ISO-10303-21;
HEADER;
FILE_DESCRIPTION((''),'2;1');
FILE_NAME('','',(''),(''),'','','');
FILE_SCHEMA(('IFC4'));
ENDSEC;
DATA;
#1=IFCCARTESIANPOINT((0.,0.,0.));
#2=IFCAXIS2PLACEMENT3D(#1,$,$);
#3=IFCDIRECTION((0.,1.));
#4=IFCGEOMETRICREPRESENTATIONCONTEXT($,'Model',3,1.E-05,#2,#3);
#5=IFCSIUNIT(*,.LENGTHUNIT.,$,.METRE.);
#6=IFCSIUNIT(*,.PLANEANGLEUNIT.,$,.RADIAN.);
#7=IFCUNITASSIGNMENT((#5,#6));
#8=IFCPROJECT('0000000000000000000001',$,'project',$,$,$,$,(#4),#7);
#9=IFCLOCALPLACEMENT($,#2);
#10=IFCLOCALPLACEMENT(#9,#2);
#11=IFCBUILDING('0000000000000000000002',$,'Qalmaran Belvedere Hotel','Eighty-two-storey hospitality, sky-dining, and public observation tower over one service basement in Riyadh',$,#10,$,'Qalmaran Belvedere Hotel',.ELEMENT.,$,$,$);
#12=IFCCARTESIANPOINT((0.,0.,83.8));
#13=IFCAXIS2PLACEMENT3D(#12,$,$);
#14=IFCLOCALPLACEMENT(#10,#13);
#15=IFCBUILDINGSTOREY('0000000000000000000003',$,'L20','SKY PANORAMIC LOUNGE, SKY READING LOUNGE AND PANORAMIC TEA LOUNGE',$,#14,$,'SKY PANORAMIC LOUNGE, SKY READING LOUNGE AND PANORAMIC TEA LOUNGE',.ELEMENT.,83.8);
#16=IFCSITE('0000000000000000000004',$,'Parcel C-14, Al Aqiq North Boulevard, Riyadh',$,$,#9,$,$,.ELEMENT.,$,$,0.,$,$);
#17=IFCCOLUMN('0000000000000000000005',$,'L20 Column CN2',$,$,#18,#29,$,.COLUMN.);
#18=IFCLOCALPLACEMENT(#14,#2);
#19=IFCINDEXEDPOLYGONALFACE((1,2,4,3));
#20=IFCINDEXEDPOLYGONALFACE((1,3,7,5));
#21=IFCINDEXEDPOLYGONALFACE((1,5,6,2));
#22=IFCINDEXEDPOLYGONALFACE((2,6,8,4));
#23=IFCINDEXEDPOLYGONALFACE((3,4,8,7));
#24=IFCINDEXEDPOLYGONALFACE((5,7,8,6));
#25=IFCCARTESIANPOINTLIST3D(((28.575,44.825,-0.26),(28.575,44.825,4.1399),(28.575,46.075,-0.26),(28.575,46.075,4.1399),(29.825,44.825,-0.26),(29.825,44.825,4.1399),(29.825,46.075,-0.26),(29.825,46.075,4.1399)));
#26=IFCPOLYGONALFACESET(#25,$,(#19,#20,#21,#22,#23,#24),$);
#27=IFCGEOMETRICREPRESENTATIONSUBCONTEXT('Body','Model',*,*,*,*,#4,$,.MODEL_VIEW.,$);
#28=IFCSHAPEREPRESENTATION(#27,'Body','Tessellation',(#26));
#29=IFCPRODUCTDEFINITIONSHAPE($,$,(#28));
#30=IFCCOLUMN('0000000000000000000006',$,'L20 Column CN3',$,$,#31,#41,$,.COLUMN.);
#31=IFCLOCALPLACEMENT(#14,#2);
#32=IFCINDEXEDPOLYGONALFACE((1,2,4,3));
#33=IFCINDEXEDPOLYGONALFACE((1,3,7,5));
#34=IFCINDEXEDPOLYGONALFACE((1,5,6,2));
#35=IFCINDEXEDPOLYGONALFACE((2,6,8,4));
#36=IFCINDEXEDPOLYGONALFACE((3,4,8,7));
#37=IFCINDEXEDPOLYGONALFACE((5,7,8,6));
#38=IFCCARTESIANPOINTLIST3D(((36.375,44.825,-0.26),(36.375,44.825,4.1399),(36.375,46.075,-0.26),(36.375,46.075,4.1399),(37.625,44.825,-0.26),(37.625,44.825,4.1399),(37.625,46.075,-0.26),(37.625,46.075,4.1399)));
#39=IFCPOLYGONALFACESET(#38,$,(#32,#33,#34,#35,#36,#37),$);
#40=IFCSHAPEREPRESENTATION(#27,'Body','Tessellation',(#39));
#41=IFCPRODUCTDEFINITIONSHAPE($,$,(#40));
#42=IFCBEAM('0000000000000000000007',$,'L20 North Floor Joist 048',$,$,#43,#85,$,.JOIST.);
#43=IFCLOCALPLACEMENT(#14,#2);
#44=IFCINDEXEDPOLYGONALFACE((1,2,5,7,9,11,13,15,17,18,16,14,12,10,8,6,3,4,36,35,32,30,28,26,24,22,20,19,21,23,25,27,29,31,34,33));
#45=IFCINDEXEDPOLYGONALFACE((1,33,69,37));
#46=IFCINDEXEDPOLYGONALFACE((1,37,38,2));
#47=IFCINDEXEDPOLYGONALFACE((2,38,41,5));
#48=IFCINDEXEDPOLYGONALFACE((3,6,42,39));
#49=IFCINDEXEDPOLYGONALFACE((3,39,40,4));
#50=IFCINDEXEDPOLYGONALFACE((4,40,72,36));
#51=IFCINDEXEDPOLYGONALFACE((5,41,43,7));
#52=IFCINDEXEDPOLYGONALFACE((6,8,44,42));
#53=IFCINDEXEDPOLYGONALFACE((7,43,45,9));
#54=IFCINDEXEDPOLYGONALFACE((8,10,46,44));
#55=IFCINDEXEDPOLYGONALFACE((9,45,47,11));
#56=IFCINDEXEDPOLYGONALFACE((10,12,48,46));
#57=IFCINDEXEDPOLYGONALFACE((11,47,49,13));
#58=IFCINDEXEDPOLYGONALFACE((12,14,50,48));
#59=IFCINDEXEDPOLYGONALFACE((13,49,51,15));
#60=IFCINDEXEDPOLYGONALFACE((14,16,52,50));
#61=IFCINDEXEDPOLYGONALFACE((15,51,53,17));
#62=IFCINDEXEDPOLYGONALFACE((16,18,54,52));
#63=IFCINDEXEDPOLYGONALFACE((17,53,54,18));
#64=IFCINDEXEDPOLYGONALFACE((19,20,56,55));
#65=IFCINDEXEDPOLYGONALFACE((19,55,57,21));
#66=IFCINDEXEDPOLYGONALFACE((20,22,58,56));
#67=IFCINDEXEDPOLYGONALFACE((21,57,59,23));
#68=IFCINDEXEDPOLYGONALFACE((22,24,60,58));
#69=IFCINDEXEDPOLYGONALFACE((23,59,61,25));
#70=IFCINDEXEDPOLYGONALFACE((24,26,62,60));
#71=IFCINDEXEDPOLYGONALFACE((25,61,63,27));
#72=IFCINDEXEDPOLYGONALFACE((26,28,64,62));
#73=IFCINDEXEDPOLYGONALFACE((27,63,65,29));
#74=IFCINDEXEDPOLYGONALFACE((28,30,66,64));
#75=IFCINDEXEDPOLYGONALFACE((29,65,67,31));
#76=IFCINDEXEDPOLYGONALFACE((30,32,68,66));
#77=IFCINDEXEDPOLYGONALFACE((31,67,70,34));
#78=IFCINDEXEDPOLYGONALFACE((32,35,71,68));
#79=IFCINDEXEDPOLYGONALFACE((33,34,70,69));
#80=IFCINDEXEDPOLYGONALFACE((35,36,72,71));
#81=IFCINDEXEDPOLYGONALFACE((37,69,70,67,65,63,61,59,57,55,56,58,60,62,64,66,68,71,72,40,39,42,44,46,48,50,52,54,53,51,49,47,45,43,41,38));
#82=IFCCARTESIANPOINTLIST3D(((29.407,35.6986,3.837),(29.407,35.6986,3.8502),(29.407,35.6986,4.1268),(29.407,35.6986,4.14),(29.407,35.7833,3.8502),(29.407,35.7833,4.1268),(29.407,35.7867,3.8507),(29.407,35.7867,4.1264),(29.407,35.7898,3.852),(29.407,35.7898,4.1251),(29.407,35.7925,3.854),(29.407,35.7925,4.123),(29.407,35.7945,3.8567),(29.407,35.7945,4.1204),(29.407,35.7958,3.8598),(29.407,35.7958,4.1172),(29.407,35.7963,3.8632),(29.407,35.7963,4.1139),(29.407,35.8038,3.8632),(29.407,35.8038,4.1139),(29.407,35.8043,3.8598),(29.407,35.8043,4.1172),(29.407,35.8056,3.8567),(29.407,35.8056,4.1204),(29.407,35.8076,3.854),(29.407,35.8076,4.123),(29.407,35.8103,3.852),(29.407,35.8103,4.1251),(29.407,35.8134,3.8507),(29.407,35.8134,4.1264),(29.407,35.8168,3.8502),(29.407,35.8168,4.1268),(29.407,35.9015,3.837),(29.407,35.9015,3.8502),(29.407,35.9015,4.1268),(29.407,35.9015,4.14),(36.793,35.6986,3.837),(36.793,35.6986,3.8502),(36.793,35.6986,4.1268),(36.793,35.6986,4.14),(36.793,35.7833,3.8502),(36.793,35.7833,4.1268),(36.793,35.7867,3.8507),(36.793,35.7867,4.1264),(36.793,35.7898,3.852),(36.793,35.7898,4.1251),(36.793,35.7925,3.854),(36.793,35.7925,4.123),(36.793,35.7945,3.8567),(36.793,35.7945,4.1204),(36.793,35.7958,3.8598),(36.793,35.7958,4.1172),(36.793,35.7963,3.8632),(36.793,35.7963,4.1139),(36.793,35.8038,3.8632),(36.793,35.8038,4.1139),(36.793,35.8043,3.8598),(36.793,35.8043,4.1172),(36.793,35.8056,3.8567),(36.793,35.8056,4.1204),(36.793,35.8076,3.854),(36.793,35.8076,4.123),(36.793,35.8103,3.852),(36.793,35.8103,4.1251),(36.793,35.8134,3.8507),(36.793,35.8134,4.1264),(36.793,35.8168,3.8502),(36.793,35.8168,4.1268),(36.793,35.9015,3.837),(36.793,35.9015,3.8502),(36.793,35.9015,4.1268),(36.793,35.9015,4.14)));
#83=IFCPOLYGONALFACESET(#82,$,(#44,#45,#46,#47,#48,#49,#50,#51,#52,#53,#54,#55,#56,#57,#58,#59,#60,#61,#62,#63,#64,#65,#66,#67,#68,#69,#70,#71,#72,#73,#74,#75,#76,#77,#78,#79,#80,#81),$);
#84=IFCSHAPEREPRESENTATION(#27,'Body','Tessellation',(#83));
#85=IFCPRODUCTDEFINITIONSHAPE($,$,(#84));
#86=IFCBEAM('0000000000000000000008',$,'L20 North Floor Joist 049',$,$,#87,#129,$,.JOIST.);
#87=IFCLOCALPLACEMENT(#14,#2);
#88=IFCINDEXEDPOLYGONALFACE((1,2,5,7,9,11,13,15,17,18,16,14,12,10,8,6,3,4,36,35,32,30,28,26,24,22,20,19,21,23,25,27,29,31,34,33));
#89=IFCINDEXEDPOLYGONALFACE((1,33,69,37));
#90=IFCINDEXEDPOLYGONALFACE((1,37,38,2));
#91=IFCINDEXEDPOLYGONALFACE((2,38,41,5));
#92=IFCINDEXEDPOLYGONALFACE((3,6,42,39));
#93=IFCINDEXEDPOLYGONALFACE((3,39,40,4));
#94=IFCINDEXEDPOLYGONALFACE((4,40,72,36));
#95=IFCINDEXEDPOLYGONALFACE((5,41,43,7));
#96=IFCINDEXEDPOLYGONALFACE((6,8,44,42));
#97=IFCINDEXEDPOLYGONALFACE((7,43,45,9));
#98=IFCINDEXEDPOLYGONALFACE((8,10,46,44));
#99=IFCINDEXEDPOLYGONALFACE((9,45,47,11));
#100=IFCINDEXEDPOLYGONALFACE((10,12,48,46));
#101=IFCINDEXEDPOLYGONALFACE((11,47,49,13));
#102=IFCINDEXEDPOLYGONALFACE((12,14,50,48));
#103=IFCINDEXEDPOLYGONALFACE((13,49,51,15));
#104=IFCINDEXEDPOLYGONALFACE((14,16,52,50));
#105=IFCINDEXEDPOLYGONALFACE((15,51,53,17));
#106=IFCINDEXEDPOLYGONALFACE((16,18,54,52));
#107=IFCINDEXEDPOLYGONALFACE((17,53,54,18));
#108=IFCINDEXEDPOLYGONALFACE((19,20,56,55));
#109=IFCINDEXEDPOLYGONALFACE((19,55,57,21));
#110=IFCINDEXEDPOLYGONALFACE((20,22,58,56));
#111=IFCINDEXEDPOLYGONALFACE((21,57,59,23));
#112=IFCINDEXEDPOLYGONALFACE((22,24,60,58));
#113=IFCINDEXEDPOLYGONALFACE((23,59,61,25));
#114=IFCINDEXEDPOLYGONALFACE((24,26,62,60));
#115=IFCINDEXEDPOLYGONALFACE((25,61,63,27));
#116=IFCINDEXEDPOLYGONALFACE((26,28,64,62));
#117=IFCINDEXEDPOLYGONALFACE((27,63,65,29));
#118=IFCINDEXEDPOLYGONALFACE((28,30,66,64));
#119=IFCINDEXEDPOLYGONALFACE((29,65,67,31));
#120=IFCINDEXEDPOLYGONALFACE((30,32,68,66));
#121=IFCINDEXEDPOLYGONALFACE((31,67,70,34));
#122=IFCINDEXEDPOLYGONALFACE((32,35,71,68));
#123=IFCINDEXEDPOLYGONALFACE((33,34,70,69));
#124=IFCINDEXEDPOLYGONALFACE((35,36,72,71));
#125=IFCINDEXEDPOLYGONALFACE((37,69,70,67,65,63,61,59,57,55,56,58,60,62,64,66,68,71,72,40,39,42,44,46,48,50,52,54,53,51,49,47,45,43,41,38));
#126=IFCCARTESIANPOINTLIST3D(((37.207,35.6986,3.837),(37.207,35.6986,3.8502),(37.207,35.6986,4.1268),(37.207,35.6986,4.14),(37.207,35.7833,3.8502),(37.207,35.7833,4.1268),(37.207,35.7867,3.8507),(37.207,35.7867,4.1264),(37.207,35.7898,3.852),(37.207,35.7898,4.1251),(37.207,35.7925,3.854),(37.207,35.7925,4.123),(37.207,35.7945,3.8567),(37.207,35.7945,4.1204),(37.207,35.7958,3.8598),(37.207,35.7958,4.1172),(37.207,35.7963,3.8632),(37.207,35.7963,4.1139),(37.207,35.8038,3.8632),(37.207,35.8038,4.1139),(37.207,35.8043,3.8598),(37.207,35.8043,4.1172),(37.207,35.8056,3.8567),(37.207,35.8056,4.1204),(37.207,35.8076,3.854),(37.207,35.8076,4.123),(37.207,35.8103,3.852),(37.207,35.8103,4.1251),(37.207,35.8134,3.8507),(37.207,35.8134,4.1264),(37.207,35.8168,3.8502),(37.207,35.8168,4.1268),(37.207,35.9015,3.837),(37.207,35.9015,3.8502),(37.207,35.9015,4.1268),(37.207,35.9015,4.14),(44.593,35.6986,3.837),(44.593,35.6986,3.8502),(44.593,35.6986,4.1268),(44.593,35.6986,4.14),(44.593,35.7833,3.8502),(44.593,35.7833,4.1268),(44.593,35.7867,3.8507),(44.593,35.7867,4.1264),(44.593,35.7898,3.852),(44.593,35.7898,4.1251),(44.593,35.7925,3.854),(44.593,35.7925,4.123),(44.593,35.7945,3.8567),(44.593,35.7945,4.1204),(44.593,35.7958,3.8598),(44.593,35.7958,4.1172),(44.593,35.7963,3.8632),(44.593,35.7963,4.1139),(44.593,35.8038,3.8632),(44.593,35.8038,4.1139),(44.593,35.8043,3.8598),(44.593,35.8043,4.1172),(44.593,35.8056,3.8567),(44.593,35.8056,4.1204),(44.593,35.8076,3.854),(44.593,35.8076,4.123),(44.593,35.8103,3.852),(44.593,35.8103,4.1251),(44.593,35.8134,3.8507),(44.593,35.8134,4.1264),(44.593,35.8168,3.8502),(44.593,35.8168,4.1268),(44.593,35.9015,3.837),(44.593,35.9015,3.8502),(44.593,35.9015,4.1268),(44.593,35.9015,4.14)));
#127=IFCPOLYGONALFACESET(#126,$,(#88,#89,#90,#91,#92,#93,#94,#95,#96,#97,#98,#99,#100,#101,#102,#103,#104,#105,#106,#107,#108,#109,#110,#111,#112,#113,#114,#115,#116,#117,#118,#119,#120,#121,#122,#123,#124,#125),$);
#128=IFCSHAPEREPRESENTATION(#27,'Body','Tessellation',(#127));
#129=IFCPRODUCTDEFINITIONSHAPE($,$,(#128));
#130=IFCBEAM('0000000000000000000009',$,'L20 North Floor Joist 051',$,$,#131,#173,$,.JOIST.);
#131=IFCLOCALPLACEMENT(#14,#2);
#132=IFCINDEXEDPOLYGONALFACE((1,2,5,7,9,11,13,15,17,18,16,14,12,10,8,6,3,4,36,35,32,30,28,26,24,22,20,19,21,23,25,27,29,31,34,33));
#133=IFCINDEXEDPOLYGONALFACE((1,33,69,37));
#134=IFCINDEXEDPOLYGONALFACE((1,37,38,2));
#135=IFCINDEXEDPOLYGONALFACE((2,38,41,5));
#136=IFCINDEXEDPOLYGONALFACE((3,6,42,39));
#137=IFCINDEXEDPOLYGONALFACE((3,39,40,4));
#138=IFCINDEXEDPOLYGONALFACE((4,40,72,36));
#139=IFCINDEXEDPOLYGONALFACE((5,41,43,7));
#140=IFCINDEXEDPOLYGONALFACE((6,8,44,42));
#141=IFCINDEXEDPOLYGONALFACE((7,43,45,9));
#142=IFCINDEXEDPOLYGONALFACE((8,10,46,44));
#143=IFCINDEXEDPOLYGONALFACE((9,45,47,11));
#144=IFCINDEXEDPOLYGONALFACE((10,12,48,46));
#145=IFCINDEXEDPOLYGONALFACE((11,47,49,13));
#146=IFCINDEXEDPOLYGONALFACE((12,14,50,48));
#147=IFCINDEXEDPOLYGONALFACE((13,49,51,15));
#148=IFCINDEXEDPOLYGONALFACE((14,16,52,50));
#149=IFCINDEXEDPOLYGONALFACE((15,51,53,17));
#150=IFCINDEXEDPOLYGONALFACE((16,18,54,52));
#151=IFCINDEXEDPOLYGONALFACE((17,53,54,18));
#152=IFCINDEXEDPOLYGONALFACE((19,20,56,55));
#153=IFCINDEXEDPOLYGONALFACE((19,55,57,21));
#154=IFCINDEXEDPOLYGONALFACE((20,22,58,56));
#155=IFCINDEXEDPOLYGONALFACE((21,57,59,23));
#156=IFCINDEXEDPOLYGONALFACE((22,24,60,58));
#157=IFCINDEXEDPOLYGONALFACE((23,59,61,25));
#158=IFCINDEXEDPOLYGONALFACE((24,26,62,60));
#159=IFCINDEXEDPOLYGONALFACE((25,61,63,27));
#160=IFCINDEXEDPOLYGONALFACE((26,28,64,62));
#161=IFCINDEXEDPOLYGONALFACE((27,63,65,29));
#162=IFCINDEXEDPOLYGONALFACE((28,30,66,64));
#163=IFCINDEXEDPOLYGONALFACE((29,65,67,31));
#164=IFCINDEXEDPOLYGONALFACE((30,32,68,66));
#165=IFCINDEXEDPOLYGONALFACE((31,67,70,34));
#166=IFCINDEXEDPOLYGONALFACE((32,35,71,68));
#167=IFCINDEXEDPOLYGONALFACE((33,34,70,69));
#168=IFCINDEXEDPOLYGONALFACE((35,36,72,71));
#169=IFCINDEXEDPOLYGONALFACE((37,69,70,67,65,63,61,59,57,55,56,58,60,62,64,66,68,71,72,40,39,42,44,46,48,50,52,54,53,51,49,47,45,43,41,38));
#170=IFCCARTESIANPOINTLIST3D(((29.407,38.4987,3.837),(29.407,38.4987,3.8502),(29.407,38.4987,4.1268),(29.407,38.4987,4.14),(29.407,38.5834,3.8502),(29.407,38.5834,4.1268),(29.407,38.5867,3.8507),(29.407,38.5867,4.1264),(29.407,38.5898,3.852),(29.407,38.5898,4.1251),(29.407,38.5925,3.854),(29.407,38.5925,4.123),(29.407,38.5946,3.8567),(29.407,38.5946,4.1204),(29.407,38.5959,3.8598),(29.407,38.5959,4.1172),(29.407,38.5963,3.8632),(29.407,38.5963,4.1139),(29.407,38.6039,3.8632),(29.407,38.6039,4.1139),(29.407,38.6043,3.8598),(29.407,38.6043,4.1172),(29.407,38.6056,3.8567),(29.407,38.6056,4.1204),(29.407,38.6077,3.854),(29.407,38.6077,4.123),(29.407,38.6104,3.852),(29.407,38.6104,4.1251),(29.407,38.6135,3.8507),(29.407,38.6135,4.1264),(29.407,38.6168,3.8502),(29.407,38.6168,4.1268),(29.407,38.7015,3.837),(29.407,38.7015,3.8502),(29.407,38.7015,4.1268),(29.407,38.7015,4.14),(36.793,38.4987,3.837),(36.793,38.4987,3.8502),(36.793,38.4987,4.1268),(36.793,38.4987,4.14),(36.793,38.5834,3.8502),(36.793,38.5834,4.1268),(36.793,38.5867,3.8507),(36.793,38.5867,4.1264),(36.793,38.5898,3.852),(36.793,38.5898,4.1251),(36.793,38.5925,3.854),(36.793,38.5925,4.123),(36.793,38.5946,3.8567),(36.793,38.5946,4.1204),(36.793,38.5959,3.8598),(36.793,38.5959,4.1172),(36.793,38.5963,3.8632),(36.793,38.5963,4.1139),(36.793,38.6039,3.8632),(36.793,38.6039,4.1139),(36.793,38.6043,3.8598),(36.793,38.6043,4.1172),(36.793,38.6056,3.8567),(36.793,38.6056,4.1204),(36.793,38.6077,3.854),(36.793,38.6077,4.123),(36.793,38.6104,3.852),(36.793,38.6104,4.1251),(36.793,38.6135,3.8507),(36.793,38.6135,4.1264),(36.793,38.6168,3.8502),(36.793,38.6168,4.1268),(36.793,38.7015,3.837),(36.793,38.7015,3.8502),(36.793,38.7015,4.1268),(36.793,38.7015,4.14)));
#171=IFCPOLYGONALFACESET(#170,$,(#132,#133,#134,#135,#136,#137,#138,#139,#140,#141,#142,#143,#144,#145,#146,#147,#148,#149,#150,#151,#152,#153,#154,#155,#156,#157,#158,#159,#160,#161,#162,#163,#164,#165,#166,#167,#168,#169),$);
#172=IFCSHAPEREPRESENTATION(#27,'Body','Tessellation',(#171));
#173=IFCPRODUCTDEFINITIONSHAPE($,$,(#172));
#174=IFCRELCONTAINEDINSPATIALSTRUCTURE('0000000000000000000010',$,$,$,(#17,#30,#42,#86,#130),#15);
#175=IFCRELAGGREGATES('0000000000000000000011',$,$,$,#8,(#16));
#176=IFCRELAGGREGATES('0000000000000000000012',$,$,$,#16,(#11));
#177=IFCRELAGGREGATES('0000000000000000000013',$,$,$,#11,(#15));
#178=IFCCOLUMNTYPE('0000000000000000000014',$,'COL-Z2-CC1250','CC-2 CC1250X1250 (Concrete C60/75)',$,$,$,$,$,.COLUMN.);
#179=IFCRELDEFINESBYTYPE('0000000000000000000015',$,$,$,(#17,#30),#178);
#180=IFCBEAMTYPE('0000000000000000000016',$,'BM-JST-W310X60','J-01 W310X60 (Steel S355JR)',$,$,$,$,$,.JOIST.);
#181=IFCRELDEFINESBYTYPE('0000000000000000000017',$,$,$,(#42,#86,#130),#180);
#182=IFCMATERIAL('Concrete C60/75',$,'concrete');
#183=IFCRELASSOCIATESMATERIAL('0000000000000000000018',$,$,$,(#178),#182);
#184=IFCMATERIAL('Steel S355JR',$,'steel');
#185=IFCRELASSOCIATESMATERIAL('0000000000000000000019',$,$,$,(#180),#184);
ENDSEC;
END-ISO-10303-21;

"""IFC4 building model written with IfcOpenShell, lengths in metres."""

from ifc_helpers import new_model, si_unit, direction, frame, origin, origin_2d, place, context, subcontext, project, spatial, rectangle, i_section, extrude, material, material_profile, profile_set, type_object, element, save


model = new_model("IFC4")

# Units and contexts
model_context = context("Model", 3, precision=1e-05, world=origin(), true_north=direction((0.0, 1.0)))
body_context = subcontext(model_context, "Body", "Model", "MODEL_VIEW")
ifc_project = project(units=[si_unit("LENGTHUNIT", "METRE"), si_unit("PLANEANGLEUNIT", "RADIAN")], contexts=[model_context])

# Site, building, storey
site_placement = place(None, origin())
site = spatial("IfcSite", under=ifc_project, at=site_placement, Name="Parcel C-14, Al Aqiq North Boulevard, Riyadh", CompositionType="ELEMENT", RefElevation=0.0)
building_placement = place(site_placement, origin())
building = spatial("IfcBuilding", under=site, at=building_placement, Name="Qalmaran Belvedere Hotel", Description="Eighty-two-storey hospitality, sky-dining, and public observation tower over one service basement in Riyadh", LongName="Qalmaran Belvedere Hotel", CompositionType="ELEMENT")
storey_placement = place(building_placement, frame((0.0, 0.0, 83.8)))
storey = spatial("IfcBuildingStorey", under=building, at=storey_placement, Name="L20", Description="SKY PANORAMIC LOUNGE, SKY READING LOUNGE AND PANORAMIC TEA LOUNGE", LongName="SKY PANORAMIC LOUNGE, SKY READING LOUNGE AND PANORAMIC TEA LOUNGE", CompositionType="ELEMENT", Elevation=83.8)

# Columns
ifc_material_1 = material(Name="Concrete C60/75", Category="concrete")
ifc_material_profile_1 = material_profile(ifc_material_1, rectangle(XDim=1.25, YDim=1.25, at=origin_2d()), Name="CC1250X1250")
ifc_profile_set_1 = profile_set([ifc_material_profile_1], Name="Concrete C60/75")
column_type = type_object("IfcColumnType", Name="COL-Z2-CC1250", Description="CC-2 CC1250X1250 (Concrete C60/75)", PredefinedType="COLUMN", material=ifc_profile_set_1)
for number, where, z_axis, x_axis, name in (
    (1, (29.2, 45.45, -0.26), (0.0, 0.0, 1.0), (1.0, 0.0, 0.0), "L20 Column CN2"),
    (2, (37.0, 45.45, -0.26), (0.0, 0.0, 1.0), (1.0, 0.0, 0.0), "L20 Column CN3"),
):
    element("IfcColumn", number, at=place(storey_placement, frame(where, z_axis=z_axis, x_axis=x_axis)), inside=storey, type_object=column_type, Name=name, PredefinedType="COLUMN", context=body_context, shape_type="SweptSolid", body=[
        extrude(rectangle(XDim=1.25, YDim=1.25, at=origin_2d()), origin(), (0.0, 0.0, 1.0), 4.3999),
    ])

# Beams
ifc_material_2 = material(Name="Steel S355JR", Category="steel")
ifc_material_profile_2 = material_profile(ifc_material_2, i_section(OverallWidth=0.2029, OverallDepth=0.303, WebThickness=0.0076, FlangeThickness=0.0132, FilletRadius=0.0129, at=origin_2d()), Name="W310X60")
ifc_profile_set_2 = profile_set([ifc_material_profile_2], Name="Steel S355JR")
beam_type_1 = type_object("IfcBeamType", Name="BM-JST-W310X60", Description="J-01 W310X60 (Steel S355JR)", PredefinedType="JOIST", material=ifc_profile_set_2)
for number, where, z_axis, x_axis, name in (
    (3, (29.407, 35.8, 3.9885), (1.0, 0.0, 0.0), (0.0, 1.0, 0.0), "L20 North Floor Joist 048"),
    (4, (37.207, 35.8, 3.9885), (1.0, 0.0, 0.0), (0.0, 1.0, 0.0), "L20 North Floor Joist 049"),
    (5, (29.407, 38.6001, 3.9885), (1.0, 0.0, 0.0), (0.0, 1.0, 0.0), "L20 North Floor Joist 051"),
):
    element("IfcBeam", number, at=place(storey_placement, frame(where, z_axis=z_axis, x_axis=x_axis)), inside=storey, type_object=beam_type_1, Name=name, PredefinedType="JOIST", context=body_context, shape_type="SweptSolid", body=[
        extrude(i_section(OverallWidth=0.2029, OverallDepth=0.303, WebThickness=0.0076, FlangeThickness=0.0132, FilletRadius=0.0129, at=origin_2d()), origin(), (0.0, 0.0, 1.0), 7.386),
    ])

save(model, "model.ifc")
